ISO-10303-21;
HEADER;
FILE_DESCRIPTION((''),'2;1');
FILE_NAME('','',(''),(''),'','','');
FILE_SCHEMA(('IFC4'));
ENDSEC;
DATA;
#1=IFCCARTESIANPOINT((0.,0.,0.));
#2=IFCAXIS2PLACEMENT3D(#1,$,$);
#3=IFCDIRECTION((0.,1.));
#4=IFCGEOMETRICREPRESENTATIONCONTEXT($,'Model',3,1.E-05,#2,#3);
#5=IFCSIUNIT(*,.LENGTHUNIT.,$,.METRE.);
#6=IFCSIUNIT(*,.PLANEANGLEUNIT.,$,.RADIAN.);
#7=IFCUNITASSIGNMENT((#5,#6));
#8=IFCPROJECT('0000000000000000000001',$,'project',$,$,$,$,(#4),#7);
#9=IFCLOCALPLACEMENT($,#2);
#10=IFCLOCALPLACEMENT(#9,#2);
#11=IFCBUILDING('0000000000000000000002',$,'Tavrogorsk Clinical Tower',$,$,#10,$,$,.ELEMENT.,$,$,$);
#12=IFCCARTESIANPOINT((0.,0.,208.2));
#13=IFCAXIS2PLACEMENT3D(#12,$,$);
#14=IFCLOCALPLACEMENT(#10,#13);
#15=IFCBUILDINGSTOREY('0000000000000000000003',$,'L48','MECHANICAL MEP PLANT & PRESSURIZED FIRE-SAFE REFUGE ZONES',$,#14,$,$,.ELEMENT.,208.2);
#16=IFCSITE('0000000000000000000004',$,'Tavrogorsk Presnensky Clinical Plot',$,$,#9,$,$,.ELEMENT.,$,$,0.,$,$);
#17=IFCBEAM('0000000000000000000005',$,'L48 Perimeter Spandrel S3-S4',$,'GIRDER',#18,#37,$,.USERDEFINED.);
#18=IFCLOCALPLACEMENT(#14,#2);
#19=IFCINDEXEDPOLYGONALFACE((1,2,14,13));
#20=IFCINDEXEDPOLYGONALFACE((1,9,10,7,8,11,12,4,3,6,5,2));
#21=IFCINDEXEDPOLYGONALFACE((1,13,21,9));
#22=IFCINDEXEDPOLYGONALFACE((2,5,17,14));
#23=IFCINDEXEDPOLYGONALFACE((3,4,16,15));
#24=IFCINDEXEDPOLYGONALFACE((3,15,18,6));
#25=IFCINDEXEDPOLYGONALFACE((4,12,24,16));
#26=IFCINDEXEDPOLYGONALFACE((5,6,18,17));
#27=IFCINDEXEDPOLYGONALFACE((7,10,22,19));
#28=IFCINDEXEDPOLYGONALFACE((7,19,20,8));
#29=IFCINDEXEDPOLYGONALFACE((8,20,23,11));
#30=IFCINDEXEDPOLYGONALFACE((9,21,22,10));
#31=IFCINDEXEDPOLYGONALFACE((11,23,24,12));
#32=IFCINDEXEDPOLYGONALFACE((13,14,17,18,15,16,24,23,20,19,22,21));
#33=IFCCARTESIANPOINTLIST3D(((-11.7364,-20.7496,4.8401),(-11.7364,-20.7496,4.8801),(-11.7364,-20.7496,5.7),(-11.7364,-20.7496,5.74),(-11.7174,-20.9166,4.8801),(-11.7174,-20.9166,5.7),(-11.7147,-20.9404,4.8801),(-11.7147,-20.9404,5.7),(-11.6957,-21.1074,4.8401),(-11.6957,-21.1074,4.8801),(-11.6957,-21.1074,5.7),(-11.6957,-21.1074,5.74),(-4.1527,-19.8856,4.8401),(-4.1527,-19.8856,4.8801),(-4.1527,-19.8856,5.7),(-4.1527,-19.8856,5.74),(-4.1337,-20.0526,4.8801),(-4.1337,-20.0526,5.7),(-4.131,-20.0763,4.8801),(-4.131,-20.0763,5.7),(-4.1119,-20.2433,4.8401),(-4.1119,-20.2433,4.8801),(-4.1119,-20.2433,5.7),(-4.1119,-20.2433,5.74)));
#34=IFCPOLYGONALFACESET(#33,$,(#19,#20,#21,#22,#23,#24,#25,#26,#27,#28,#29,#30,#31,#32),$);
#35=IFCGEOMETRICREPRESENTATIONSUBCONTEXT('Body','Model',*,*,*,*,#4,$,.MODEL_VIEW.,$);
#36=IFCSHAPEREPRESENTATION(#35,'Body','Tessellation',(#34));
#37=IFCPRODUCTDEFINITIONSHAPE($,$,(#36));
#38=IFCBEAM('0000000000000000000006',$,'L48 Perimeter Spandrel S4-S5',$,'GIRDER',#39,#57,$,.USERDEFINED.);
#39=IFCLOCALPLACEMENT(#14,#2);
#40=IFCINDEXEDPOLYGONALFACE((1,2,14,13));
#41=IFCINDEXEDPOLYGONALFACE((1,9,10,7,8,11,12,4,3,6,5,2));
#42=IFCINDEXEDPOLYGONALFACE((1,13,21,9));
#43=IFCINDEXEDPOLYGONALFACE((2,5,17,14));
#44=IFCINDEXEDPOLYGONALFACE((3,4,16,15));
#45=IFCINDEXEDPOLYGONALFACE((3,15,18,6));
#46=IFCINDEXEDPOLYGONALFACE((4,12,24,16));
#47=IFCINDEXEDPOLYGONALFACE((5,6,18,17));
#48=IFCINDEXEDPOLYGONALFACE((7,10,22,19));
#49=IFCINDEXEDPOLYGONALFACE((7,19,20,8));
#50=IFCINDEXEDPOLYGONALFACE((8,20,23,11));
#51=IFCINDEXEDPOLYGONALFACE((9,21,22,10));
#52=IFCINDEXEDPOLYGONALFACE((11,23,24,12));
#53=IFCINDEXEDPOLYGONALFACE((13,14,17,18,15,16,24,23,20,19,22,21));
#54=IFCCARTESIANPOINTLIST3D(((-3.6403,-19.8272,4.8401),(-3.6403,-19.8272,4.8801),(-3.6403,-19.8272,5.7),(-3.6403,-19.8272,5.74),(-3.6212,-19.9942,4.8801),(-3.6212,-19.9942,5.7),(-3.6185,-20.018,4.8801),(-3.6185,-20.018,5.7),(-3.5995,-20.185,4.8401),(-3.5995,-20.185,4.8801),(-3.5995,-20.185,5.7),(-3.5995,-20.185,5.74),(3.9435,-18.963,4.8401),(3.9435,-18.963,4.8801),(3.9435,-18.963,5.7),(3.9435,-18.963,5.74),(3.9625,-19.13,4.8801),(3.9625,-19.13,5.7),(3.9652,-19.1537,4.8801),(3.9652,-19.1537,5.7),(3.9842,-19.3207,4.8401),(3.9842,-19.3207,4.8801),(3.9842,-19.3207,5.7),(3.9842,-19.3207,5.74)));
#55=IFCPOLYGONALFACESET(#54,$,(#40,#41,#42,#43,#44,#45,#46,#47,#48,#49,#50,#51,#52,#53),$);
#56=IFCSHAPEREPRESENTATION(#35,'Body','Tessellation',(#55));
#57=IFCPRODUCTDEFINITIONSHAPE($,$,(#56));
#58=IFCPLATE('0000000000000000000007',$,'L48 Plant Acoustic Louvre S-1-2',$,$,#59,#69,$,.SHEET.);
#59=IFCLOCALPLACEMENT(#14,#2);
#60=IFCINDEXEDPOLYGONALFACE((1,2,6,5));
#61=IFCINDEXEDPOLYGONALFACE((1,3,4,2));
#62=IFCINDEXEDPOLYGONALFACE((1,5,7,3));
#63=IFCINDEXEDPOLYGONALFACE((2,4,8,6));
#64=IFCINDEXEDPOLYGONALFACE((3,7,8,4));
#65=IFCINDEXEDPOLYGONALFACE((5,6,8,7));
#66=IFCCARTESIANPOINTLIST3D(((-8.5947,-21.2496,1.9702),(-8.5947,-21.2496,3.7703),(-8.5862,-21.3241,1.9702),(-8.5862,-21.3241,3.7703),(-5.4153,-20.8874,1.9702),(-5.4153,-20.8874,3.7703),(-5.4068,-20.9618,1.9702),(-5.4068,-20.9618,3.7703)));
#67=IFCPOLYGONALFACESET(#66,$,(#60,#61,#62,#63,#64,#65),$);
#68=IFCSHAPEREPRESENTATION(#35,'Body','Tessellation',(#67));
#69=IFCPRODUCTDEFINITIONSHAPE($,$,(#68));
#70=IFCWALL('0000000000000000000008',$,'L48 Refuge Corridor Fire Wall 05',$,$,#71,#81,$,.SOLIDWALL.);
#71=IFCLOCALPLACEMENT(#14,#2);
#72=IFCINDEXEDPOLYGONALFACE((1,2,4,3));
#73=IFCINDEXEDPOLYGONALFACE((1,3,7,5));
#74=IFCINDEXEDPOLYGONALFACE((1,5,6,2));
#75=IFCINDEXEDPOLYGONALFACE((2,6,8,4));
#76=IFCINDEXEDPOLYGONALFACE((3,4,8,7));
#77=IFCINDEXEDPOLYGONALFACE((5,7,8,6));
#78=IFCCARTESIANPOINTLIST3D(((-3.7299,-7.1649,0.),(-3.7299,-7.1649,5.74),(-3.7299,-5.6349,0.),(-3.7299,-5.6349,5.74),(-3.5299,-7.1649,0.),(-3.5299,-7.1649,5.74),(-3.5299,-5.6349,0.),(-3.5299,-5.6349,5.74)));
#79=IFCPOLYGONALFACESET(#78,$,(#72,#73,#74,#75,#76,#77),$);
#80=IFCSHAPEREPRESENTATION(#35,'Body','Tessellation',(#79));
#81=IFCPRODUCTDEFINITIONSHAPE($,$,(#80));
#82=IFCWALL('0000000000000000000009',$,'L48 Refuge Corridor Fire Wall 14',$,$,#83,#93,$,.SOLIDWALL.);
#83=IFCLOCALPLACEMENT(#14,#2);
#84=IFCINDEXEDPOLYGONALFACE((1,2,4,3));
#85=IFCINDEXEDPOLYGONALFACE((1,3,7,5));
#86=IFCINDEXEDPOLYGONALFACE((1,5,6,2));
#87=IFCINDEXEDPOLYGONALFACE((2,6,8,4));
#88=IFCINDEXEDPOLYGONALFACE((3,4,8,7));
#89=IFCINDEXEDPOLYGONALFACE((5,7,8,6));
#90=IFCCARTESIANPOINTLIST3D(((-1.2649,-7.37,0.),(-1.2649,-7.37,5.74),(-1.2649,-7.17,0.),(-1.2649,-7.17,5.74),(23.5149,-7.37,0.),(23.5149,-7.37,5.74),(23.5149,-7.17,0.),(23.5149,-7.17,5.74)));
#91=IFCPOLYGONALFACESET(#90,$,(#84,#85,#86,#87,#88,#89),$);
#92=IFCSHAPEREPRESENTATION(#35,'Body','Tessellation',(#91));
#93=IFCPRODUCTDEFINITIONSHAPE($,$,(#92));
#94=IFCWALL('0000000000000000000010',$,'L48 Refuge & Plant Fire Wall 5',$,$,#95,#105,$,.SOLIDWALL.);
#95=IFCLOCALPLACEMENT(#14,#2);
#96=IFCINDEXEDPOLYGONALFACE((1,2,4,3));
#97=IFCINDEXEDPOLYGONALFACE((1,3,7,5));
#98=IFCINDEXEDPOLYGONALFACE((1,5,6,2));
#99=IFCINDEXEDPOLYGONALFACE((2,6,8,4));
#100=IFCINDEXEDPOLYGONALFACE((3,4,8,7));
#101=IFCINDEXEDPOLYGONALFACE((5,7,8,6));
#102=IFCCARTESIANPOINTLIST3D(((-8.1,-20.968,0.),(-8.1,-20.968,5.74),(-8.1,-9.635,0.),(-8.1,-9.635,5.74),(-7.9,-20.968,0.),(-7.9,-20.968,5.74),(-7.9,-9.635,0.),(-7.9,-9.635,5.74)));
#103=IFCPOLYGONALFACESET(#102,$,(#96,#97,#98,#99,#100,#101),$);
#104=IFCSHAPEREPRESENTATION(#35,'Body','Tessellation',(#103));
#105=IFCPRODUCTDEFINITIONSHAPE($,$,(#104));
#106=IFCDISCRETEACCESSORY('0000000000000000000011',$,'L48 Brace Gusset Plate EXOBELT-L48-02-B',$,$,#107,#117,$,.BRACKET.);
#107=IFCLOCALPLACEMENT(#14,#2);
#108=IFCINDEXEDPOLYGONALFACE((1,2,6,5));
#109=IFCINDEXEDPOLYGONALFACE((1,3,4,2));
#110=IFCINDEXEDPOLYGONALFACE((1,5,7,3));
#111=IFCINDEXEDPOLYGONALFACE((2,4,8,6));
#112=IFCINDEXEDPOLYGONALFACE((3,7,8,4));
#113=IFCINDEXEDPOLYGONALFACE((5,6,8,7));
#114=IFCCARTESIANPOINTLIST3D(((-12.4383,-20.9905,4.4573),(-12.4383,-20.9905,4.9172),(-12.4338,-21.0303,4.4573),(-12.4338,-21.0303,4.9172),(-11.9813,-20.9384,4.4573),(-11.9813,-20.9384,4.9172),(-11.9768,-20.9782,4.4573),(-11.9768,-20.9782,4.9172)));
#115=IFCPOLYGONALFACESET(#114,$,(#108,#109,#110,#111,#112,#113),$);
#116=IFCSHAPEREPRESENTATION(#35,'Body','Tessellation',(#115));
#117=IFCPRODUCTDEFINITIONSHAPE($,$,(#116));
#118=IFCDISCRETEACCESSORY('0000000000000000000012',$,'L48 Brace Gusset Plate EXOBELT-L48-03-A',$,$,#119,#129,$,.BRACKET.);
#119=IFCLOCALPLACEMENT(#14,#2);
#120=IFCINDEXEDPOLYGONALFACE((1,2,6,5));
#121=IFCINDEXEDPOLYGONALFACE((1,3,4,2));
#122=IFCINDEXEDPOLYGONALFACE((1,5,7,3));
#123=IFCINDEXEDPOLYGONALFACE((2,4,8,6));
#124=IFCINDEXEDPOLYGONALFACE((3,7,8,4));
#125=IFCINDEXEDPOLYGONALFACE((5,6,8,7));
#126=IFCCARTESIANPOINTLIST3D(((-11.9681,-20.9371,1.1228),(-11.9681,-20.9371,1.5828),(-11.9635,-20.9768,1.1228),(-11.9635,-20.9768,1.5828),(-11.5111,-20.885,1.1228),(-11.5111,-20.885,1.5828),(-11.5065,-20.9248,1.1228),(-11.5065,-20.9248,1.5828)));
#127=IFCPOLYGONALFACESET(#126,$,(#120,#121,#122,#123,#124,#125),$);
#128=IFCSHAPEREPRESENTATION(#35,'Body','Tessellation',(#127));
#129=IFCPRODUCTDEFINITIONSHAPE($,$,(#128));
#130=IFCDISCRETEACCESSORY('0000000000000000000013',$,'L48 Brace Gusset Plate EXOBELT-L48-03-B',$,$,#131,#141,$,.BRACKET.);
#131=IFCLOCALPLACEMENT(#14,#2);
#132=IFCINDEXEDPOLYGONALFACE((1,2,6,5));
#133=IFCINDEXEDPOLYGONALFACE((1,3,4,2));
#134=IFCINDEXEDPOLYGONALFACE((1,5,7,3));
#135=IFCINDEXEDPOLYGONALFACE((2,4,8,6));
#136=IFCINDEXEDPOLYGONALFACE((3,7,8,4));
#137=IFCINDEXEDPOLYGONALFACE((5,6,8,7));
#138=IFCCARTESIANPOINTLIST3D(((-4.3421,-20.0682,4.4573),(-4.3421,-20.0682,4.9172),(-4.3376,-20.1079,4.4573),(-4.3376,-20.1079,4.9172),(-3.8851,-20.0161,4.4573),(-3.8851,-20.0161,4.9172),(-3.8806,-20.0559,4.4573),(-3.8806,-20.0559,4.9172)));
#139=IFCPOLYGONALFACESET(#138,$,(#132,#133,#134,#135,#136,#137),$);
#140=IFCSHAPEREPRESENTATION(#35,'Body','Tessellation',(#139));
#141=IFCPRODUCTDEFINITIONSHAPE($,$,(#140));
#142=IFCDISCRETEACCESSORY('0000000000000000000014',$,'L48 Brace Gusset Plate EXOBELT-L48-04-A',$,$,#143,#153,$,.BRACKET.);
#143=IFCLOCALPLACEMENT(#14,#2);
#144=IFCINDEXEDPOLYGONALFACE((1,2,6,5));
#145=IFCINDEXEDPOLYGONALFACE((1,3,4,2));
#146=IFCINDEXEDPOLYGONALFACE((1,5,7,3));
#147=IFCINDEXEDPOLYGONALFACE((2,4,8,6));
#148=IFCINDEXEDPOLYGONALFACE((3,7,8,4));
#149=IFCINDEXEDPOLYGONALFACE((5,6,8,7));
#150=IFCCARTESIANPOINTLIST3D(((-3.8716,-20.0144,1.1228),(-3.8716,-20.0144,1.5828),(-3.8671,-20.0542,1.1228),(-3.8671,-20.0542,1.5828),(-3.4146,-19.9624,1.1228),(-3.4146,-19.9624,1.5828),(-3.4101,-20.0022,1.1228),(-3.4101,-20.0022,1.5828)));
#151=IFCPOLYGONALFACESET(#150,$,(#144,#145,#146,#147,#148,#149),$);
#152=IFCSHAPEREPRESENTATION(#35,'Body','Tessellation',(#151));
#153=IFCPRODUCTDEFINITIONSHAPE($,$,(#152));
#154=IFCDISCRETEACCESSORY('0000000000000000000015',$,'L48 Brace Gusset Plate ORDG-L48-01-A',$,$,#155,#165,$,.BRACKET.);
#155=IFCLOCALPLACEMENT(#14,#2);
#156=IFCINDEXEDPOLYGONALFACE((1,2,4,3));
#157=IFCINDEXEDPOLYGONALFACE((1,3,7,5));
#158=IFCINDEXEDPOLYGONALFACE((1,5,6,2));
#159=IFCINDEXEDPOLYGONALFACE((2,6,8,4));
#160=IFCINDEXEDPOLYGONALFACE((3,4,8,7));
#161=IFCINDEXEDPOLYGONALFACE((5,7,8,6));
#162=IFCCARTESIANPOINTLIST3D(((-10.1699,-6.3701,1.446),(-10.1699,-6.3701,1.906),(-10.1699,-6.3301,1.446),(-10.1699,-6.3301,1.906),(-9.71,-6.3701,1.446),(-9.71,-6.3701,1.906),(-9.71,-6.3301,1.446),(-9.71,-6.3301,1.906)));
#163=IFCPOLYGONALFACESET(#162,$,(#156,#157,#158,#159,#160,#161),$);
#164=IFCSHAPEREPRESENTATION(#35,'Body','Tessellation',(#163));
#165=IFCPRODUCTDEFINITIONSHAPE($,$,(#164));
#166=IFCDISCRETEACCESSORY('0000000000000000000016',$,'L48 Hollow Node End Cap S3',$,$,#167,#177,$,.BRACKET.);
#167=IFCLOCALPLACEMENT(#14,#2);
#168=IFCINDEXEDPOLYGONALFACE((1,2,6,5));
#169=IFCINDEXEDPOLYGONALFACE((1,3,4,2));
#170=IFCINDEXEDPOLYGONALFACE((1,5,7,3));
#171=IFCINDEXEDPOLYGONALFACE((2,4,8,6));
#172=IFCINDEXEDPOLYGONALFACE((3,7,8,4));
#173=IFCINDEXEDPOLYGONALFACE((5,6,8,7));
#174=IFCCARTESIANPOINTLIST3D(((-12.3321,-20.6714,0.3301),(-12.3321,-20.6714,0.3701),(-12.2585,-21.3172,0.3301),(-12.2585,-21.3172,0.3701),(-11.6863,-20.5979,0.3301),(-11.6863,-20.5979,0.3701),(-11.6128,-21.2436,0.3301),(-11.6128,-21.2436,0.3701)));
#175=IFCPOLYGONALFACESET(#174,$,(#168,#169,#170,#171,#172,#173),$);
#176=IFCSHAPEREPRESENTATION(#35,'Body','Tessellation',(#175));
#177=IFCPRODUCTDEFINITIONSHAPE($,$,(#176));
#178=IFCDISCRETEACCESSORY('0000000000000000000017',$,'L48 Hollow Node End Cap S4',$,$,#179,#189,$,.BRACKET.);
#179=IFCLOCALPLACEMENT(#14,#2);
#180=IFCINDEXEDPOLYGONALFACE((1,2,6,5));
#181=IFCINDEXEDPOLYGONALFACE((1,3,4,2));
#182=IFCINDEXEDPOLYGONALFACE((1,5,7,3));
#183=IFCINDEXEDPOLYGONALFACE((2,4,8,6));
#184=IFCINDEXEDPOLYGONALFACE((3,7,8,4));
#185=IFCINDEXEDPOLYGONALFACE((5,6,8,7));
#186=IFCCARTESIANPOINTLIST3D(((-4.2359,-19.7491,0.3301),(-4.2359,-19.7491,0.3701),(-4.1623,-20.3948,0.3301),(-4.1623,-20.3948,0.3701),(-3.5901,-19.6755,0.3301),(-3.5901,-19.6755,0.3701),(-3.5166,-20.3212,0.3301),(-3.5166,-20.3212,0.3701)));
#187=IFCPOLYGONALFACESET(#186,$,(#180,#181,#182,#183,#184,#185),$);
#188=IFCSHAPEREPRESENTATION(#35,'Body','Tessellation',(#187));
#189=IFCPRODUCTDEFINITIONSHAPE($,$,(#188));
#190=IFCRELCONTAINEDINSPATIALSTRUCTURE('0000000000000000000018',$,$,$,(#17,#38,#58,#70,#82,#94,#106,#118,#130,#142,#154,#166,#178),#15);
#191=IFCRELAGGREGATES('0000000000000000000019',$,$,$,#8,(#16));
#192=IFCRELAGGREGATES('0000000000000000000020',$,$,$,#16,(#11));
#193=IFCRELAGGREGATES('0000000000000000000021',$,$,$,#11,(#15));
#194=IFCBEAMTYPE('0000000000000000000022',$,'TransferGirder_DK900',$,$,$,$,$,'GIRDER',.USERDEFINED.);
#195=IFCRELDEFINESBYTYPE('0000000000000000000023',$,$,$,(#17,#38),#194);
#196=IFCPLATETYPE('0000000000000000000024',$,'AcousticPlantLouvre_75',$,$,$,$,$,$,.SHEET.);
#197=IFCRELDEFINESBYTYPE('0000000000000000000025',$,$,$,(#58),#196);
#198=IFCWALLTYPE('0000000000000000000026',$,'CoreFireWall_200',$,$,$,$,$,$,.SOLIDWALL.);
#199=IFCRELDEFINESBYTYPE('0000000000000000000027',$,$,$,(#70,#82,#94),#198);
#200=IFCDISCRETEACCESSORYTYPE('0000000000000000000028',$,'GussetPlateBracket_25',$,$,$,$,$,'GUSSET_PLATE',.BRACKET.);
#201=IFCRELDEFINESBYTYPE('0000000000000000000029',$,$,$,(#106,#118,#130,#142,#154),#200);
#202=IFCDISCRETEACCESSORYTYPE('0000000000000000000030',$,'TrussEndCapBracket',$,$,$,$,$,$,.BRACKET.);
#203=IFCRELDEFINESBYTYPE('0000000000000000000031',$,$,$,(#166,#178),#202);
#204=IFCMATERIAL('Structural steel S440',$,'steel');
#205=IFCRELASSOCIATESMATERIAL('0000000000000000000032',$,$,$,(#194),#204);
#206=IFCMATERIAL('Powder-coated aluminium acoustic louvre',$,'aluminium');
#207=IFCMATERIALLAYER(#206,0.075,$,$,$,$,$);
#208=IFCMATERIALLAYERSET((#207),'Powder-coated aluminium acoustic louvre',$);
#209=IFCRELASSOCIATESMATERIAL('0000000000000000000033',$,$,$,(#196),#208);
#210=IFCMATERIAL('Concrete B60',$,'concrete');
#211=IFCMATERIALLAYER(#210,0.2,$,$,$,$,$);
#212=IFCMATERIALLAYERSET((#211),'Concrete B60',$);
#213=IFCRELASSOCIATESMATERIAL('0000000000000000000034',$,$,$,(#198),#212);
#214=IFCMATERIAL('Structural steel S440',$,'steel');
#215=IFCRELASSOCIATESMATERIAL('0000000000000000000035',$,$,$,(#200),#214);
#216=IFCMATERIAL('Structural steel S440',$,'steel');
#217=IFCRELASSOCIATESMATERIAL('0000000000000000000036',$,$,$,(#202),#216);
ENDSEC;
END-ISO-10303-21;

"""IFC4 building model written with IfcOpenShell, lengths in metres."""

from ifc_helpers import new_model, si_unit, direction, frame, frame_2d, origin, origin_2d, place, context, subcontext, project, spatial, rectangle, i_section, extrude, material, layer, layer_set, material_profile, profile_set, type_object, element, save


model = new_model("IFC4")

# Units and contexts
model_context = context("Model", 3, precision=1e-05, world=origin(), true_north=direction((0.0, 1.0)))
body_context = subcontext(model_context, "Body", "Model", "MODEL_VIEW")
ifc_project = project(units=[si_unit("LENGTHUNIT", "METRE"), si_unit("PLANEANGLEUNIT", "RADIAN")], contexts=[model_context])

# Site, building, storey
site_placement = place(None, origin())
site = spatial("IfcSite", under=ifc_project, at=site_placement, Name="Tavrogorsk Presnensky Clinical Plot", CompositionType="ELEMENT", RefElevation=0.0)
building_placement = place(site_placement, origin())
building = spatial("IfcBuilding", under=site, at=building_placement, Name="Tavrogorsk Clinical Tower", CompositionType="ELEMENT")
storey_placement = place(building_placement, frame((0.0, 0.0, 208.2)))
storey = spatial("IfcBuildingStorey", under=building, at=storey_placement, Name="L48", Description="MECHANICAL MEP PLANT & PRESSURIZED FIRE-SAFE REFUGE ZONES", CompositionType="ELEMENT", Elevation=208.2)

# Beams
ifc_material_1 = material(Name="Structural steel S440", Category="steel")
ifc_material_profile_1 = material_profile(ifc_material_1, i_section(OverallWidth=0.3601, OverallDepth=0.8999, WebThickness=0.0239, FlangeThickness=0.04, at=origin_2d()), Name="DK-900x360x24x40")
ifc_profile_set_1 = profile_set([ifc_material_profile_1], Name="Structural steel S440")
beam_type_1 = type_object("IfcBeamType", Name="TransferGirder_DK900", ElementType="GIRDER", PredefinedType="USERDEFINED", material=ifc_profile_set_1)
for number, where, z_axis, x_axis, name in (
    (1, (-11.7161, -20.9285, 5.29), (0.993573, 0.113197, 0.0), (-0.113197, 0.993573, 0.0), "L48 Perimeter Spandrel S3-S4"),
    (2, (-3.6199, -20.0061, 5.29), (0.993569, 0.113229, 0.0), (-0.113229, 0.993569, 0.0), "L48 Perimeter Spandrel S4-S5"),
):
    element("IfcBeam", number, at=place(storey_placement, frame(where, z_axis=z_axis, x_axis=x_axis)), inside=storey, type_object=beam_type_1, Name=name, ObjectType="GIRDER", PredefinedType="USERDEFINED", context=body_context, shape_type="SweptSolid", body=[
        extrude(i_section(OverallWidth=0.3601, OverallDepth=0.8999, WebThickness=0.0239, FlangeThickness=0.04, at=origin_2d()), origin(), (0.0, 0.0, 1.0), 7.6328),
    ])

# Plate
ifc_material_2 = material(Name="Powder-coated aluminium acoustic louvre", Category="aluminium")
ifc_layer_1 = layer(ifc_material_2, 0.075)
ifc_layer_set_1 = layer_set([ifc_layer_1], Name="Powder-coated aluminium acoustic louvre")
plate_type = type_object("IfcPlateType", Name="AcousticPlantLouvre_75", PredefinedType="SHEET", material=ifc_layer_set_1)
plate_placement = place(storey_placement, frame((-7.0007, -21.1057, 1.9702), z_axis=(0.0, 0.0, 1.0), x_axis=(0.993572, 0.113202, 0.0)))
element("IfcPlate", 3, at=plate_placement, inside=storey, type_object=plate_type, Name="L48 Plant Acoustic Louvre S-1-2", PredefinedType="SHEET", context=body_context, shape_type="SweptSolid", body=[
    extrude(rectangle(XDim=3.2, YDim=0.075, at=origin_2d()), origin(), (0.0, 0.0, 1.0), 1.8),
])

# Walls
ifc_material_3 = material(Name="Concrete B60", Category="concrete")
ifc_layer_2 = layer(ifc_material_3, 0.2)
ifc_layer_set_2 = layer_set([ifc_layer_2], Name="Concrete B60")
wall_type = type_object("IfcWallType", Name="CoreFireWall_200", PredefinedType="SOLIDWALL", material=ifc_layer_set_2)
wall_1_placement = place(storey_placement, frame((-3.6299, -7.165, 0.0), z_axis=(0.0, 0.0, 1.0), x_axis=(0.0, 1.0, 0.0)))
element("IfcWall", 4, at=wall_1_placement, inside=storey, type_object=wall_type, Name="L48 Refuge Corridor Fire Wall 05", PredefinedType="SOLIDWALL", context=body_context, shape_type="SweptSolid", body=[
    extrude(rectangle(XDim=1.53, YDim=0.2, at=frame_2d((0.7651, 0.0))), origin(), (0.0, 0.0, 1.0), 5.74),
])
wall_2_placement = place(storey_placement, frame((-1.2649, -7.27, 0.0), z_axis=(0.0, 0.0, 1.0), x_axis=(1.0, 0.0, 0.0)))
element("IfcWall", 5, at=wall_2_placement, inside=storey, type_object=wall_type, Name="L48 Refuge Corridor Fire Wall 14", PredefinedType="SOLIDWALL", context=body_context, shape_type="SweptSolid", body=[
    extrude(rectangle(XDim=24.7798, YDim=0.2, at=frame_2d((12.3899, 0.0))), origin(), (0.0, 0.0, 1.0), 5.74),
])
wall_3_placement = place(storey_placement, frame((-8.0, -20.968, 0.0), z_axis=(0.0, 0.0, 1.0), x_axis=(0.0, 1.0, 0.0)))
element("IfcWall", 6, at=wall_3_placement, inside=storey, type_object=wall_type, Name="L48 Refuge & Plant Fire Wall 5", PredefinedType="SOLIDWALL", context=body_context, shape_type="SweptSolid", body=[
    extrude(rectangle(XDim=11.333, YDim=0.2, at=frame_2d((5.6665, 0.0))), origin(), (0.0, 0.0, 1.0), 5.74),
])

# Discrete accessories
ifc_material_4 = material(Name="Structural steel S440", Category="steel")
discrete_accessory_type_1 = type_object("IfcDiscreteAccessoryType", Name="GussetPlateBracket_25", ElementType="GUSSET_PLATE", PredefinedType="BRACKET", material=ifc_material_4)
for number, where, z_axis, x_axis, name in (
    (7, (-12.2075, -20.9844, 4.4573), (0.0, 0.0, 1.0), (0.993572, 0.113203, 0.0), "L48 Brace Gusset Plate EXOBELT-L48-02-B"),
    (8, (-11.7373, -20.9309, 1.1228), (0.0, 0.0, 1.0), (0.993572, 0.113203, 0.0), "L48 Brace Gusset Plate EXOBELT-L48-03-A"),
    (9, (-4.1113, -20.062, 4.4573), (0.0, 0.0, 1.0), (0.993572, 0.113203, 0.0), "L48 Brace Gusset Plate EXOBELT-L48-03-B"),
    (10, (-3.6409, -20.0083, 1.1228), (0.0, 0.0, 1.0), (0.993572, 0.113203, 0.0), "L48 Brace Gusset Plate EXOBELT-L48-04-A"),
    (11, (-9.9399, -6.3501, 1.446), (0.0, 0.0, 1.0), (1.0, 0.0, 0.0), "L48 Brace Gusset Plate ORDG-L48-01-A"),
):
    element("IfcDiscreteAccessory", number, at=place(storey_placement, frame(where, z_axis=z_axis, x_axis=x_axis)), inside=storey, type_object=discrete_accessory_type_1, Name=name, PredefinedType="BRACKET", context=body_context, shape_type="SweptSolid", body=[
        extrude(rectangle(XDim=0.46, YDim=0.04, at=origin_2d()), origin(), (0.0, 0.0, 1.0), 0.46),
    ])
ifc_material_5 = material(Name="Structural steel S440", Category="steel")
discrete_accessory_type_2 = type_object("IfcDiscreteAccessoryType", Name="TrussEndCapBracket", PredefinedType="BRACKET", material=ifc_material_5)
for number, where, z_axis, x_axis, name in (
    (12, (-11.9724, -20.9575, 0.3301), (0.0, 0.0, 1.0), (0.993572, 0.113203, 0.0), "L48 Hollow Node End Cap S3"),
    (13, (-3.8762, -20.0352, 0.3301), (0.0, 0.0, 1.0), (0.993572, 0.113203, 0.0), "L48 Hollow Node End Cap S4"),
):
    element("IfcDiscreteAccessory", number, at=place(storey_placement, frame(where, z_axis=z_axis, x_axis=x_axis)), inside=storey, type_object=discrete_accessory_type_2, Name=name, PredefinedType="BRACKET", context=body_context, shape_type="SweptSolid", body=[
        extrude(rectangle(XDim=0.6499, YDim=0.6499, at=origin_2d()), origin(), (0.0, 0.0, 1.0), 0.04),
    ])

save(model, "model.ifc")
